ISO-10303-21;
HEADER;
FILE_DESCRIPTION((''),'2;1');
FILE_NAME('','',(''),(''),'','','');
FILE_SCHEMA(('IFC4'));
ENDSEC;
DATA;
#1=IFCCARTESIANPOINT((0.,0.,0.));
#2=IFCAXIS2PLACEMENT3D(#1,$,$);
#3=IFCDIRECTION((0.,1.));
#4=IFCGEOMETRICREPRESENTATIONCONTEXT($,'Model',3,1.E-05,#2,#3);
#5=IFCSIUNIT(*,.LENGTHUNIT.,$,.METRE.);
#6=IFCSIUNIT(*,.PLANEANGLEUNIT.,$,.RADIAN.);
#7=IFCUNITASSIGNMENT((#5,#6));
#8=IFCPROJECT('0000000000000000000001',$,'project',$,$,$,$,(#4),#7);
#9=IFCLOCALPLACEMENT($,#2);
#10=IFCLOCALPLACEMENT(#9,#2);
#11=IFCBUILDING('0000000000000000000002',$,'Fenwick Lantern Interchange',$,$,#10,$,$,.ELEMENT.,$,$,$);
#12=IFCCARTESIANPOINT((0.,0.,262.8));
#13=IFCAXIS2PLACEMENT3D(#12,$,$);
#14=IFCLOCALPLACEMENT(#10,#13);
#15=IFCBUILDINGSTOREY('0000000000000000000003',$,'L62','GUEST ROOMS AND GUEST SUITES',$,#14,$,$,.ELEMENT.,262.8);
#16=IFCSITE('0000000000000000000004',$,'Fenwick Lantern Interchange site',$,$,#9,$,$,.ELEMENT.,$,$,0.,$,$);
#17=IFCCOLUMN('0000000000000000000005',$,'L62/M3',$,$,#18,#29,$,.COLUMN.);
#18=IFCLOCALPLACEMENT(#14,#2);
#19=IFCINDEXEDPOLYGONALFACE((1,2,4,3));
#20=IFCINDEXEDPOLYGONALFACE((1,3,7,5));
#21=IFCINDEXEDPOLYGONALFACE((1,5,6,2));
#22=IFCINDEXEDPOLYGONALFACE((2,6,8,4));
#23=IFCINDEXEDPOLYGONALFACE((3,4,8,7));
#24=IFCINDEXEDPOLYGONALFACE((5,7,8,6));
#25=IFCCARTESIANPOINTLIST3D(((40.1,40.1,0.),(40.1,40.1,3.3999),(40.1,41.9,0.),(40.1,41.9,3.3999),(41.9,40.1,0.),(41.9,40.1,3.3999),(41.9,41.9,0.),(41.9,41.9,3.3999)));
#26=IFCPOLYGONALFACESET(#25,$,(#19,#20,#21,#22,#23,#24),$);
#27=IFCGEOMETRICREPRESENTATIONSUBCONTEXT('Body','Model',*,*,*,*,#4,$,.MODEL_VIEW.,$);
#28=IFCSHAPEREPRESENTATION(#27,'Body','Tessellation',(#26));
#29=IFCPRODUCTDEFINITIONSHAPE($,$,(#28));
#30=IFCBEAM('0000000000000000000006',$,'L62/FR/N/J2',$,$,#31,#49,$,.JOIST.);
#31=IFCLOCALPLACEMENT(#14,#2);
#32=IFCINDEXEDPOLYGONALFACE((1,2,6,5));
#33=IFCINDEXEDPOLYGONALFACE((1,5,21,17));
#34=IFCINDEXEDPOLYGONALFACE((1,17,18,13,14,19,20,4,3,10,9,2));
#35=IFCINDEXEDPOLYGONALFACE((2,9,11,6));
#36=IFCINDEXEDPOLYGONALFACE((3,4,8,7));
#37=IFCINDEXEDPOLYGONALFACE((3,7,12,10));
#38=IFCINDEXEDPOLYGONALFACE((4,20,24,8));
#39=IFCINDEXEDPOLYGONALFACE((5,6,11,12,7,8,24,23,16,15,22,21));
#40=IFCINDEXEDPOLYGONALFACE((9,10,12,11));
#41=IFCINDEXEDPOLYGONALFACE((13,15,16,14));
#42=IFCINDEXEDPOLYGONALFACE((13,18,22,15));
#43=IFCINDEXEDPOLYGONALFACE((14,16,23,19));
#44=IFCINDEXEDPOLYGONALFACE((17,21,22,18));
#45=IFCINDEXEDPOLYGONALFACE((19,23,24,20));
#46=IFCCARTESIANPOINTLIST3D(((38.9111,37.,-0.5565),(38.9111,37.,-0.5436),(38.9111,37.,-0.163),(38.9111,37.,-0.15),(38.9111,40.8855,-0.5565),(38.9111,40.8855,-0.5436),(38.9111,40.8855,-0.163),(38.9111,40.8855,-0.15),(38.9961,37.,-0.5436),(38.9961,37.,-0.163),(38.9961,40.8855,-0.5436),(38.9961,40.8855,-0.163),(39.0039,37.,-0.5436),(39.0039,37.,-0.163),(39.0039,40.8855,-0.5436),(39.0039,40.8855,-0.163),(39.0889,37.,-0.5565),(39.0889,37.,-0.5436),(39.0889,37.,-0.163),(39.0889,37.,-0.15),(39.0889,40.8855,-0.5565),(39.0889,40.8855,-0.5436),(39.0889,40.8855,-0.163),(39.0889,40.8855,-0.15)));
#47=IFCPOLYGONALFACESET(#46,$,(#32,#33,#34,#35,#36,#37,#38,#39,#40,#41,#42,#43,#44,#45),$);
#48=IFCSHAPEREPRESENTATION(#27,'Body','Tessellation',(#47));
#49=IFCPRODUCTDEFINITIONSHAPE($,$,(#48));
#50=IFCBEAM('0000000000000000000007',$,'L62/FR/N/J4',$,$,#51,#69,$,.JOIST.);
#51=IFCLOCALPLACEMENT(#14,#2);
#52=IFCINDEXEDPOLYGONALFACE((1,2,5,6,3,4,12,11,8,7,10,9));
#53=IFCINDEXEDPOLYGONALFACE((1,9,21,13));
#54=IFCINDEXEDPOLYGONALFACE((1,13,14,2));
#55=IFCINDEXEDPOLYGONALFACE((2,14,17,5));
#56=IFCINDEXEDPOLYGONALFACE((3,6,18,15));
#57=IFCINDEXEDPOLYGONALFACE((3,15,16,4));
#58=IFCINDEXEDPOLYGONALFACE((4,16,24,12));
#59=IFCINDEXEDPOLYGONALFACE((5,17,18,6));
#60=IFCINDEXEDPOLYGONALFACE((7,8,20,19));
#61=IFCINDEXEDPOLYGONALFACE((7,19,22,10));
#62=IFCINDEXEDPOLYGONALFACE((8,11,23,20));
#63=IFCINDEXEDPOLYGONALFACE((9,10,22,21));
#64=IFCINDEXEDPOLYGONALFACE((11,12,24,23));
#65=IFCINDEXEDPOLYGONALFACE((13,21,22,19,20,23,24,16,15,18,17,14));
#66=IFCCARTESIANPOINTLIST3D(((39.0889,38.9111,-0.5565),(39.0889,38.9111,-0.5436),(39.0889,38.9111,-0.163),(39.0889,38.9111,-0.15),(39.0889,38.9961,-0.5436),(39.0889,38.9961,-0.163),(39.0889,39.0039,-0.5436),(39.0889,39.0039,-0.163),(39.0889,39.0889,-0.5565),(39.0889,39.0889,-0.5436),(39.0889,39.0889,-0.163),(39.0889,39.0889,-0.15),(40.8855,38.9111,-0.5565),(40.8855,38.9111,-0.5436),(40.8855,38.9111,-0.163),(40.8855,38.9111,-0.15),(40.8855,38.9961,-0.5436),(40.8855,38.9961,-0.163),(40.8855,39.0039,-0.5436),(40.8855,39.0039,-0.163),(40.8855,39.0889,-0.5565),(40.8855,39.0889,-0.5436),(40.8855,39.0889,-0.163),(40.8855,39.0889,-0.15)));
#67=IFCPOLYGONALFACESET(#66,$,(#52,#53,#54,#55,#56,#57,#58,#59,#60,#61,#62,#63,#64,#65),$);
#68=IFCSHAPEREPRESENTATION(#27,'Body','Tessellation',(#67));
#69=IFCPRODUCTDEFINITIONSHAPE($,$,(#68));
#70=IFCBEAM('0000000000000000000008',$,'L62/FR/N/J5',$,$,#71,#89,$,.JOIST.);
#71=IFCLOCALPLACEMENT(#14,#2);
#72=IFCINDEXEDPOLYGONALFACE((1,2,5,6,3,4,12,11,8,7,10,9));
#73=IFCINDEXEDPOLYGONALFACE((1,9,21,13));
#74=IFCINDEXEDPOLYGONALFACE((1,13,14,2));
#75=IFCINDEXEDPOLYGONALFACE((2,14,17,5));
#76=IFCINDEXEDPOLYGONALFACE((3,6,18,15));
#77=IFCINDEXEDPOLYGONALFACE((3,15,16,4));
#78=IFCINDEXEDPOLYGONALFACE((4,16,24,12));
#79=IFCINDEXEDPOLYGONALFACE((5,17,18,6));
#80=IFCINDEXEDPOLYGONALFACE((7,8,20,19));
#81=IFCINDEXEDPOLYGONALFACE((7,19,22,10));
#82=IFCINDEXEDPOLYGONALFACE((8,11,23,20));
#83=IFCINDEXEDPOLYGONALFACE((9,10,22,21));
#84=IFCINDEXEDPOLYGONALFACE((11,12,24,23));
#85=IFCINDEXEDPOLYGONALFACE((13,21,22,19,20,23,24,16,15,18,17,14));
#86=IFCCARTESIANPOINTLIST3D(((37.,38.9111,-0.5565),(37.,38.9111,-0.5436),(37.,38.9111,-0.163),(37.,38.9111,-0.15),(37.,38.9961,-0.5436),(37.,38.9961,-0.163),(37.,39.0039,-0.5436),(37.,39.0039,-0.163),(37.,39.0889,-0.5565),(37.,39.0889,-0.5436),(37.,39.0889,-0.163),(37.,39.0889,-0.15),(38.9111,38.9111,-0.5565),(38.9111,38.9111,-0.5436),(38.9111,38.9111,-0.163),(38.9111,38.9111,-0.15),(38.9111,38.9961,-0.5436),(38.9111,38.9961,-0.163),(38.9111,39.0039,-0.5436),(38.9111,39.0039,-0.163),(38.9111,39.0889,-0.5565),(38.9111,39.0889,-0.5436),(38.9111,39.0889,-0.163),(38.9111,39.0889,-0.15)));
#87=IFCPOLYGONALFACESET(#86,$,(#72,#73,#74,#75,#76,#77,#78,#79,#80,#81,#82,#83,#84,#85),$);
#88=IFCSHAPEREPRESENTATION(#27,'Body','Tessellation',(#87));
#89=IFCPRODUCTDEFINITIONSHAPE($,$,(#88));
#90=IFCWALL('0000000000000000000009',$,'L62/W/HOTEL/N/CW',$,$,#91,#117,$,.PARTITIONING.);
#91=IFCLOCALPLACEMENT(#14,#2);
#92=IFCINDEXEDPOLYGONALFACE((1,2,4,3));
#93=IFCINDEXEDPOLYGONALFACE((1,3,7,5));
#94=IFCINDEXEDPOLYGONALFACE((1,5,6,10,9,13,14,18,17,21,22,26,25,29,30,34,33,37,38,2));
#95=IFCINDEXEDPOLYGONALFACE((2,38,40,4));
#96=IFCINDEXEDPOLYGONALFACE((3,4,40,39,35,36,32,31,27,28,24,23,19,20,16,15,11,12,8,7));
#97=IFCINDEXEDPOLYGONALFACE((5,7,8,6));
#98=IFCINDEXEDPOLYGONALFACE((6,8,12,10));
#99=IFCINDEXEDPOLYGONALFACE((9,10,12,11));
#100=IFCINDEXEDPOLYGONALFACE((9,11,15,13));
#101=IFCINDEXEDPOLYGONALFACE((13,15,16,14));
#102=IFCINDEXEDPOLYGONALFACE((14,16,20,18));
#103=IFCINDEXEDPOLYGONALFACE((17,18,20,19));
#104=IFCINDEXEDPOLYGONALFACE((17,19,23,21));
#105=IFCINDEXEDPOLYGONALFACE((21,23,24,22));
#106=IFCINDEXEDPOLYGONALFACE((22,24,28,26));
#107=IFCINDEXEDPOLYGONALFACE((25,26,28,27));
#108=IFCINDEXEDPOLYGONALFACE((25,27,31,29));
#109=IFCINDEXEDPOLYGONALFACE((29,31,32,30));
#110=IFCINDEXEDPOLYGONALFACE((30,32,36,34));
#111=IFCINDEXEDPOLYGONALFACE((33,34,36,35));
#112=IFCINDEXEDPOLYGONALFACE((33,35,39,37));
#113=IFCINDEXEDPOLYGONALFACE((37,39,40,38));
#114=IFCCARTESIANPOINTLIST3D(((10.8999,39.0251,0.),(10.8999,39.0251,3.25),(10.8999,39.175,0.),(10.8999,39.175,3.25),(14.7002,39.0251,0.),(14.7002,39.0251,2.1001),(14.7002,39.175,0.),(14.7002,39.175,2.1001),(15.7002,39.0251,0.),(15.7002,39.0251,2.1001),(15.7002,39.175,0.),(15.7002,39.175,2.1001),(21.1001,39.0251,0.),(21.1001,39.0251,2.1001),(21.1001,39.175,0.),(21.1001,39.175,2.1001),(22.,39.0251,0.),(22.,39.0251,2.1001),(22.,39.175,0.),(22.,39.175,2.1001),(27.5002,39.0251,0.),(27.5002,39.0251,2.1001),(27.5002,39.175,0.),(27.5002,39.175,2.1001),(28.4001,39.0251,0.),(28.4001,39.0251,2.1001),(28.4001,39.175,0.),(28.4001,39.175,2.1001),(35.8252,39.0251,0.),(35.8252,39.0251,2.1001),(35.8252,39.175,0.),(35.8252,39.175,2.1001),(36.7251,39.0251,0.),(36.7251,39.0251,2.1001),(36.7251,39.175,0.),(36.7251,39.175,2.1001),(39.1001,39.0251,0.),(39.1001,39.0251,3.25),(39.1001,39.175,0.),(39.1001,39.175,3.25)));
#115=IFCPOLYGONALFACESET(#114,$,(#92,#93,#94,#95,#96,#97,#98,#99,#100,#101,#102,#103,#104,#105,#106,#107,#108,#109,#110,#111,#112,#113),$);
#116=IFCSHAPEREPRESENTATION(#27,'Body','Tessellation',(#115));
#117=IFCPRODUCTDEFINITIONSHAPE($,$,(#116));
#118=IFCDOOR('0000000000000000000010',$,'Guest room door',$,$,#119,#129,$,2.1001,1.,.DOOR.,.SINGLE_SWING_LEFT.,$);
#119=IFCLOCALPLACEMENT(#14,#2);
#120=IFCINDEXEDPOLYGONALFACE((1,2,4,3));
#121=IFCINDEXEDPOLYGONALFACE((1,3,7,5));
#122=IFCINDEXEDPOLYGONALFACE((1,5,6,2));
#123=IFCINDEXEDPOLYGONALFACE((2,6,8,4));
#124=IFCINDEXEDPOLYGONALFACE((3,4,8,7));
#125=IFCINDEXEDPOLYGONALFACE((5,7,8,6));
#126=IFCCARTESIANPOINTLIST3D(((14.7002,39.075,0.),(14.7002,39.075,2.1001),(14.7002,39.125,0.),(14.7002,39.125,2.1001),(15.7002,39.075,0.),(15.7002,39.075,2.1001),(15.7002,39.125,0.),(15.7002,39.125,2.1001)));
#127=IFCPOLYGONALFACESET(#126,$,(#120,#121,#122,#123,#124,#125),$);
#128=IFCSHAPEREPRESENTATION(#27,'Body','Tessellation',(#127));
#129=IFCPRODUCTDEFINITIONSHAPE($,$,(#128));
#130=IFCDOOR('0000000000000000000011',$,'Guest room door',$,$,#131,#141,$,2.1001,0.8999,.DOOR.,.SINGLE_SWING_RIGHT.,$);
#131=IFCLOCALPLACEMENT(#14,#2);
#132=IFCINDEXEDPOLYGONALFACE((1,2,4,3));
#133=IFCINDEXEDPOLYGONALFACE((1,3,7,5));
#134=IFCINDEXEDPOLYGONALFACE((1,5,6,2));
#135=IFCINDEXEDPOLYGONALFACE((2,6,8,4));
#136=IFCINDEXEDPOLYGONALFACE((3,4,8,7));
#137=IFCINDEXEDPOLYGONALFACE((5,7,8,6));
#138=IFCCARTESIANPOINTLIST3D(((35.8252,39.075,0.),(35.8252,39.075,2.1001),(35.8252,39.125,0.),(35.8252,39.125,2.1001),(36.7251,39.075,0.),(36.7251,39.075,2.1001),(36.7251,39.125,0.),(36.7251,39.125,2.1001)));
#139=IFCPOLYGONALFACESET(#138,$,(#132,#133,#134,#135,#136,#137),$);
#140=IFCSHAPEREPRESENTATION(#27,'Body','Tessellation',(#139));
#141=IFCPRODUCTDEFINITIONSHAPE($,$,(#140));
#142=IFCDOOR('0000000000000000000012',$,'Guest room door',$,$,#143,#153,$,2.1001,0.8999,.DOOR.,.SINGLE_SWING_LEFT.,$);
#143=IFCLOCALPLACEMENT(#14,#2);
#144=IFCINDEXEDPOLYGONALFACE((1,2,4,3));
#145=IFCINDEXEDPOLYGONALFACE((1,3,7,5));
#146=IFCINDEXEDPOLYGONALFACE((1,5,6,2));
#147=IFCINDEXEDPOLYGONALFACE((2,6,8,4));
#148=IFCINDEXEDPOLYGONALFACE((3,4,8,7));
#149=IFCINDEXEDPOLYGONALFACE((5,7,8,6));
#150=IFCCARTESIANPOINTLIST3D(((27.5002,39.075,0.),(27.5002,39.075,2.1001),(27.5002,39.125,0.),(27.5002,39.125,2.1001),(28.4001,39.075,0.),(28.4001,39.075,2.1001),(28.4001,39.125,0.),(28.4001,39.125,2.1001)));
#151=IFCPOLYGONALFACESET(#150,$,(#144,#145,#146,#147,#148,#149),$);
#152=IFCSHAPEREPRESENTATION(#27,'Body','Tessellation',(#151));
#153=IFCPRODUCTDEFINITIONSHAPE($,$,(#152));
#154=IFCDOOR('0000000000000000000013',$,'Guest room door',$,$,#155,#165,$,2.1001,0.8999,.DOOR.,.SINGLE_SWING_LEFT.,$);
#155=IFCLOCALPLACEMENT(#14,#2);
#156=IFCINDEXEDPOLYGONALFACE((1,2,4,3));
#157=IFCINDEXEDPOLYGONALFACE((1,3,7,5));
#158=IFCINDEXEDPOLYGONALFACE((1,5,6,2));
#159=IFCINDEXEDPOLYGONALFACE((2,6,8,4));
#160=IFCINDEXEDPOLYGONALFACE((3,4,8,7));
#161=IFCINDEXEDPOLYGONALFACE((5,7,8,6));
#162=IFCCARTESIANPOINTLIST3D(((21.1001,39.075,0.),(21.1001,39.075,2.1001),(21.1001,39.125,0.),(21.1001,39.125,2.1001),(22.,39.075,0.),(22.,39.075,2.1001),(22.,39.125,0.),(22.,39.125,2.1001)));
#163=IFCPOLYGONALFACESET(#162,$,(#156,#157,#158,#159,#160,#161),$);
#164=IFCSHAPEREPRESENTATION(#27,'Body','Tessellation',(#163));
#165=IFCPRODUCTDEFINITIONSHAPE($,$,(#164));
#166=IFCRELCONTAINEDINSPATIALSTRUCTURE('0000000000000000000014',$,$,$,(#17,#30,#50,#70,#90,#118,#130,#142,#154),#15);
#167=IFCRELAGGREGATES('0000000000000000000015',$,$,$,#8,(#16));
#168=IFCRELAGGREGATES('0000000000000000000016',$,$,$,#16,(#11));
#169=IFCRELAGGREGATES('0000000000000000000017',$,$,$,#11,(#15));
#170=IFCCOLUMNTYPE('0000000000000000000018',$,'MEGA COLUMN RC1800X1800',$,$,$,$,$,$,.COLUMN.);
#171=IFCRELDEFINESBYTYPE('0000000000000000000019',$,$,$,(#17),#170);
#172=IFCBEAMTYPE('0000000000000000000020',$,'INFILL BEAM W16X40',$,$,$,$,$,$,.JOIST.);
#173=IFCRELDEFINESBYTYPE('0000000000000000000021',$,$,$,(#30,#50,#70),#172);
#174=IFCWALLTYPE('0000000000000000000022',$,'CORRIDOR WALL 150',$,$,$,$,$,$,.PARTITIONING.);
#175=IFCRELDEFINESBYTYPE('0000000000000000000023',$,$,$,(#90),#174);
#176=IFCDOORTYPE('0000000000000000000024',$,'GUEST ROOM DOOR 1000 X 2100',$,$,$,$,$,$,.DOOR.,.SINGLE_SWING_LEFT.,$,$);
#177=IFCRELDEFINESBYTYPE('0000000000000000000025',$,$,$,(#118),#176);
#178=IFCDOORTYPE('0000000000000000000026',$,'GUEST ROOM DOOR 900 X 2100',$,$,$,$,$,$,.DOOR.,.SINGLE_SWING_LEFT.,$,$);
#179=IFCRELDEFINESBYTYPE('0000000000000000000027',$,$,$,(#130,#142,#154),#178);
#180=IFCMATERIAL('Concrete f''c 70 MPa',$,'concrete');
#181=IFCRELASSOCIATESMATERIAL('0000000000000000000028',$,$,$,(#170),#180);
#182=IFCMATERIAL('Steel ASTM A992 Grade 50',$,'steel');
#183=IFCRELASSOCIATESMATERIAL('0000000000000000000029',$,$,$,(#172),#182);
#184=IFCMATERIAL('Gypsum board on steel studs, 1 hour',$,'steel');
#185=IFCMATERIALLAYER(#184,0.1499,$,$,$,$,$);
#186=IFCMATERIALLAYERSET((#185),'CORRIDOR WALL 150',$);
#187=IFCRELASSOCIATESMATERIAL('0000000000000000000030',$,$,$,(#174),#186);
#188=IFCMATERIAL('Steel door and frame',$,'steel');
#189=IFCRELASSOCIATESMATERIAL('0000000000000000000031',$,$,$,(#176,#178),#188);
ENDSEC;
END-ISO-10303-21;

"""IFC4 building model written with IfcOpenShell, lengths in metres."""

from ifc_helpers import new_model, si_unit, direction, frame, frame_2d, origin, origin_2d, place, context, subcontext, project, spatial, rectangle, i_section, extrude, material, layer, layer_set, material_profile, profile_set, type_object, element, fill, save


model = new_model("IFC4")

# Units and contexts
model_context = context("Model", 3, precision=1e-05, world=origin(), true_north=direction((0.0, 1.0)))
body_context = subcontext(model_context, "Body", "Model", "MODEL_VIEW")
ifc_project = project(units=[si_unit("LENGTHUNIT", "METRE"), si_unit("PLANEANGLEUNIT", "RADIAN")], contexts=[model_context])

# Site, building, storey
site_placement = place(None, origin())
site = spatial("IfcSite", under=ifc_project, at=site_placement, Name="Fenwick Lantern Interchange site", CompositionType="ELEMENT", RefElevation=0.0)
building_placement = place(site_placement, origin())
building = spatial("IfcBuilding", under=site, at=building_placement, Name="Fenwick Lantern Interchange", CompositionType="ELEMENT")
storey_placement = place(building_placement, frame((0.0, 0.0, 262.8)))
storey = spatial("IfcBuildingStorey", under=building, at=storey_placement, Name="L62", Description="GUEST ROOMS AND GUEST SUITES", CompositionType="ELEMENT", Elevation=262.8)

# Column
ifc_material_1 = material(Name="Concrete f'c 70 MPa", Category="concrete")
ifc_material_profile_1 = material_profile(ifc_material_1, rectangle(XDim=1.8, YDim=1.8, at=origin_2d()), Name="RC1800X1800")
ifc_profile_set_1 = profile_set([ifc_material_profile_1], Name="Concrete f'c 70 MPa")
column_type = type_object("IfcColumnType", Name="MEGA COLUMN RC1800X1800", PredefinedType="COLUMN", material=ifc_profile_set_1)
column_placement = place(storey_placement, frame((41.0, 41.0, 0.0), z_axis=(0.0, 0.0, 1.0), x_axis=(1.0, 0.0, 0.0)))
element("IfcColumn", 1, at=column_placement, inside=storey, type_object=column_type, Name="L62/M3", PredefinedType="COLUMN", context=body_context, shape_type="SweptSolid", body=[
    extrude(rectangle(XDim=1.8, YDim=1.8, at=origin_2d()), origin(), (0.0, 0.0, 1.0), 3.3999),
])

# Beams
ifc_material_2 = material(Name="Steel ASTM A992 Grade 50", Category="steel")
ifc_material_profile_2 = material_profile(ifc_material_2, i_section(OverallWidth=0.1777, OverallDepth=0.4065, WebThickness=0.0078, FlangeThickness=0.0129, at=origin_2d()), Name="W16X40")
ifc_profile_set_2 = profile_set([ifc_material_profile_2], Name="Steel ASTM A992 Grade 50")
beam_type = type_object("IfcBeamType", Name="INFILL BEAM W16X40", PredefinedType="JOIST", material=ifc_profile_set_2)
beam_1_placement = place(storey_placement, frame((39.0, 40.8855, -0.3533), z_axis=(0.0, -1.0, 0.0), x_axis=(1.0, 0.0, 0.0)))
element("IfcBeam", 2, at=beam_1_placement, inside=storey, type_object=beam_type, Name="L62/FR/N/J2", PredefinedType="JOIST", context=body_context, shape_type="SweptSolid", body=[
    extrude(i_section(OverallWidth=0.1777, OverallDepth=0.4065, WebThickness=0.0078, FlangeThickness=0.0129, at=origin_2d()), origin(), (0.0, 0.0, 1.0), 3.8855),
])
beam_2_placement = place(storey_placement, frame((40.8855, 39.0, -0.3533), z_axis=(-1.0, 0.0, 0.0), x_axis=(0.0, -1.0, 0.0)))
element("IfcBeam", 3, at=beam_2_placement, inside=storey, type_object=beam_type, Name="L62/FR/N/J4", PredefinedType="JOIST", context=body_context, shape_type="SweptSolid", body=[
    extrude(i_section(OverallWidth=0.1777, OverallDepth=0.4065, WebThickness=0.0078, FlangeThickness=0.0129, at=origin_2d()), origin(), (0.0, 0.0, 1.0), 1.7966),
])
beam_3_placement = place(storey_placement, frame((38.9111, 39.0, -0.3533), z_axis=(-1.0, 0.0, 0.0), x_axis=(0.0, -1.0, 0.0)))
element("IfcBeam", 4, at=beam_3_placement, inside=storey, type_object=beam_type, Name="L62/FR/N/J5", PredefinedType="JOIST", context=body_context, shape_type="SweptSolid", body=[
    extrude(i_section(OverallWidth=0.1777, OverallDepth=0.4065, WebThickness=0.0078, FlangeThickness=0.0129, at=origin_2d()), origin(), (0.0, 0.0, 1.0), 1.9111),
])

# Wall, openings, doors
ifc_material_3 = material(Name="Gypsum board on steel studs, 1 hour", Category="steel")
ifc_layer = layer(ifc_material_3, 0.1499)
ifc_layer_set = layer_set([ifc_layer], Name="CORRIDOR WALL 150")
wall_type = type_object("IfcWallType", Name="CORRIDOR WALL 150", PredefinedType="PARTITIONING", material=ifc_layer_set)
wall_placement = place(storey_placement, frame((39.1001, 39.1001, 0.0), z_axis=(0.0, 0.0, 1.0), x_axis=(-1.0, 0.0, 0.0)))
wall = element("IfcWall", 5, at=wall_placement, inside=storey, type_object=wall_type, Name="L62/W/HOTEL/N/CW", PredefinedType="PARTITIONING", context=body_context, shape_type="SweptSolid", body=[
    extrude(rectangle(XDim=28.2002, YDim=0.1499, at=frame_2d((14.1001, 0.0))), origin(), (0.0, 0.0, 1.0), 3.25),
])
opening_1_placement = place(wall_placement, frame((2.375, 0.0, 0.0)))
opening_1 = element("IfcOpeningElement", 6, at=opening_1_placement, cuts=wall, PredefinedType="OPENING", context=body_context, shape_type="SweptSolid", body=[
    extrude(rectangle(XDim=0.8999, YDim=2.1001, at=frame_2d((0.45, 1.05))), frame((0.0, 0.085, 0.0), z_axis=(0.0, -1.0, 0.0), x_axis=(1.0, 0.0, 0.0)), (0.0, 0.0, 1.0), 0.1699),
])
opening_2_placement = place(wall_placement, frame((10.7, 0.0, 0.0)))
opening_2 = element("IfcOpeningElement", 7, at=opening_2_placement, cuts=wall, PredefinedType="OPENING", context=body_context, shape_type="SweptSolid", body=[
    extrude(rectangle(XDim=0.8999, YDim=2.1001, at=frame_2d((0.45, 1.05))), frame((0.0, 0.085, 0.0), z_axis=(0.0, -1.0, 0.0), x_axis=(1.0, 0.0, 0.0)), (0.0, 0.0, 1.0), 0.1699),
])
opening_3_placement = place(wall_placement, frame((17.1001, 0.0, 0.0)))
opening_3 = element("IfcOpeningElement", 8, at=opening_3_placement, cuts=wall, PredefinedType="OPENING", context=body_context, shape_type="SweptSolid", body=[
    extrude(rectangle(XDim=0.8999, YDim=2.1001, at=frame_2d((0.45, 1.05))), frame((0.0, 0.085, 0.0), z_axis=(0.0, -1.0, 0.0), x_axis=(1.0, 0.0, 0.0)), (0.0, 0.0, 1.0), 0.1699),
])
opening_4_placement = place(wall_placement, frame((23.3999, 0.0, 0.0)))
opening_4 = element("IfcOpeningElement", 9, at=opening_4_placement, cuts=wall, PredefinedType="OPENING", context=body_context, shape_type="SweptSolid", body=[
    extrude(rectangle(XDim=1.0, YDim=2.1001, at=frame_2d((0.5, 1.05))), frame((0.0, 0.085, 0.0), z_axis=(0.0, -1.0, 0.0), x_axis=(1.0, 0.0, 0.0)), (0.0, 0.0, 1.0), 0.1699),
])
ifc_material_4 = material(Name="Steel door and frame", Category="steel")
door_type_1 = type_object("IfcDoorType", Name="GUEST ROOM DOOR 1000 X 2100", OperationType="SINGLE_SWING_LEFT", PredefinedType="DOOR", material=ifc_material_4)
door_1_placement = place(opening_4_placement, frame((1.0, 0.0, 0.0), z_axis=(0.0, 0.0, 1.0), x_axis=(-1.0, 0.0, 0.0)))
door_1 = element("IfcDoor", 10, at=door_1_placement, inside=storey, type_object=door_type_1, Name="Guest room door", OperationType="SINGLE_SWING_LEFT", OverallHeight=2.1001, OverallWidth=1.0, PredefinedType="DOOR", context=body_context, shape_type="SweptSolid", body=[
    extrude(rectangle(XDim=1.0, YDim=2.1001, at=frame_2d((0.5, 1.05))), frame((0.0, 0.0249, 0.0), z_axis=(0.0, -1.0, 0.0), x_axis=(1.0, 0.0, 0.0)), (0.0, 0.0, 1.0), 0.05),
])
fill(opening_4, door_1)
door_type_2 = type_object("IfcDoorType", Name="GUEST ROOM DOOR 900 X 2100", OperationType="SINGLE_SWING_LEFT", PredefinedType="DOOR", material=ifc_material_4)
door_2_placement = place(opening_1_placement, frame((0.8999, 0.0, 0.0), z_axis=(0.0, 0.0, 1.0), x_axis=(-1.0, 0.0, 0.0)))
door_2 = element("IfcDoor", 11, at=door_2_placement, inside=storey, type_object=door_type_2, Name="Guest room door", OperationType="SINGLE_SWING_RIGHT", OverallHeight=2.1001, OverallWidth=0.8999, PredefinedType="DOOR", context=body_context, shape_type="SweptSolid", body=[
    extrude(rectangle(XDim=0.8999, YDim=2.1001, at=frame_2d((0.45, 1.05))), frame((0.0, 0.0249, 0.0), z_axis=(0.0, -1.0, 0.0), x_axis=(1.0, 0.0, 0.0)), (0.0, 0.0, 1.0), 0.05),
])
fill(opening_1, door_2)
door_3_placement = place(opening_2_placement, frame((0.8999, 0.0, 0.0), z_axis=(0.0, 0.0, 1.0), x_axis=(-1.0, 0.0, 0.0)))
door_3 = element("IfcDoor", 12, at=door_3_placement, inside=storey, type_object=door_type_2, Name="Guest room door", OperationType="SINGLE_SWING_LEFT", OverallHeight=2.1001, OverallWidth=0.8999, PredefinedType="DOOR", context=body_context, shape_type="SweptSolid", body=[
    extrude(rectangle(XDim=0.8999, YDim=2.1001, at=frame_2d((0.45, 1.05))), frame((0.0, 0.0249, 0.0), z_axis=(0.0, -1.0, 0.0), x_axis=(1.0, 0.0, 0.0)), (0.0, 0.0, 1.0), 0.05),
])
fill(opening_2, door_3)
door_4_placement = place(opening_3_placement, frame((0.8999, 0.0, 0.0), z_axis=(0.0, 0.0, 1.0), x_axis=(-1.0, 0.0, 0.0)))
door_4 = element("IfcDoor", 13, at=door_4_placement, inside=storey, type_object=door_type_2, Name="Guest room door", OperationType="SINGLE_SWING_LEFT", OverallHeight=2.1001, OverallWidth=0.8999, PredefinedType="DOOR", context=body_context, shape_type="SweptSolid", body=[
    extrude(rectangle(XDim=0.8999, YDim=2.1001, at=frame_2d((0.45, 1.05))), frame((0.0, 0.0249, 0.0), z_axis=(0.0, -1.0, 0.0), x_axis=(1.0, 0.0, 0.0)), (0.0, 0.0, 1.0), 0.05),
])
fill(opening_3, door_4)

save(model, "model.ifc")
